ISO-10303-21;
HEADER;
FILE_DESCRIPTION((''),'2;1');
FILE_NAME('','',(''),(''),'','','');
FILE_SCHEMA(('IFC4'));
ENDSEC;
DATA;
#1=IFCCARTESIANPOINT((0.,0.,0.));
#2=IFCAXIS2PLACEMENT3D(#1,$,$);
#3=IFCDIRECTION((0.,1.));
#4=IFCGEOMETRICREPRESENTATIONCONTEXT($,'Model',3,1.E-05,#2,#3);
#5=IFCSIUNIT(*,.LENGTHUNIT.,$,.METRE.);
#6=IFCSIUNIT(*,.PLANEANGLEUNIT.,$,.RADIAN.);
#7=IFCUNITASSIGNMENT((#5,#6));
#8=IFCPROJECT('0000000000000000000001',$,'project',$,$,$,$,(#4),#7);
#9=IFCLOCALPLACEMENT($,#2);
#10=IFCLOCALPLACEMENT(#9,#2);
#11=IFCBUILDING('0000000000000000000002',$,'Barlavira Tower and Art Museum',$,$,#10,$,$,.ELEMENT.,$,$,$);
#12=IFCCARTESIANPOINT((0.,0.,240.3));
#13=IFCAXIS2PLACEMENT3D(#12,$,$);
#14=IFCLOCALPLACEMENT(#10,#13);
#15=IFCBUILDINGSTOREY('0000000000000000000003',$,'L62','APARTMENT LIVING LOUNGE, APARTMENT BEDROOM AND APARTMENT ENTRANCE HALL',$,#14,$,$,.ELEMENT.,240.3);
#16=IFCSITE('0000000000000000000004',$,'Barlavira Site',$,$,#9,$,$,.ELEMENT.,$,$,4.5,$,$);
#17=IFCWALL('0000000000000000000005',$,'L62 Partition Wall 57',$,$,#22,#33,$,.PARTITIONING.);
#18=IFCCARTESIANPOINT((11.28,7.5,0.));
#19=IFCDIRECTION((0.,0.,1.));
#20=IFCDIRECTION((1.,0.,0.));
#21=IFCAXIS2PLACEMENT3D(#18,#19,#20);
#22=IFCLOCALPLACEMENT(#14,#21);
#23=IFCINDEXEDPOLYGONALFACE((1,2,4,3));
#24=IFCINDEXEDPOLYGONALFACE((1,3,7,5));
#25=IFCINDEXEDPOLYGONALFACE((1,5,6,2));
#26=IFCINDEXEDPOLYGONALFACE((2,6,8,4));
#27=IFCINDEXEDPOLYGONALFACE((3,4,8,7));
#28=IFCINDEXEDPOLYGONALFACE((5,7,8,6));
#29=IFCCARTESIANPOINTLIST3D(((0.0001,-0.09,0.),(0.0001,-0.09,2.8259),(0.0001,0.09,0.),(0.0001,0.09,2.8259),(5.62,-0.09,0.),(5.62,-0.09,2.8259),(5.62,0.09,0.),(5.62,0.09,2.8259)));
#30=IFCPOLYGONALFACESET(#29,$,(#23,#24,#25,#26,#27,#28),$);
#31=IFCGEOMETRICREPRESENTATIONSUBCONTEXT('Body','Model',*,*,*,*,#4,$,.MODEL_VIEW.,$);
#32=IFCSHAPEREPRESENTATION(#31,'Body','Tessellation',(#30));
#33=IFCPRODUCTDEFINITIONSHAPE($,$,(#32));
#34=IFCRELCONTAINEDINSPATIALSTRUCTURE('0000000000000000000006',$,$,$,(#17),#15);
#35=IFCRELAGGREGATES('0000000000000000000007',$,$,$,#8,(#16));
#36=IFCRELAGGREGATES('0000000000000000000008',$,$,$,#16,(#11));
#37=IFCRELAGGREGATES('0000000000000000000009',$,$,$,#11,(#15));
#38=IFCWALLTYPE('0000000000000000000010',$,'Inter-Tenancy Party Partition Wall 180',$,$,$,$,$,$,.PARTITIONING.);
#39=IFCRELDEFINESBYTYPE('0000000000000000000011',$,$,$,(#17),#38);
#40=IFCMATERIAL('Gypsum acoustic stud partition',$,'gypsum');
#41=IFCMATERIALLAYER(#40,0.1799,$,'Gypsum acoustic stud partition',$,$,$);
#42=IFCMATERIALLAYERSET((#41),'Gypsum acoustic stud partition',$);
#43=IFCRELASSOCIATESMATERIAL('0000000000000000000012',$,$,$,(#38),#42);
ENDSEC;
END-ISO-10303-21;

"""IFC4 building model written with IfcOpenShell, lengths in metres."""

from ifc_helpers import new_model, si_unit, direction, frame, frame_2d, origin, place, context, subcontext, project, spatial, rectangle, extrude, material, layer, layer_set, type_object, element, save


model = new_model("IFC4")

# Units and contexts
model_context = context("Model", 3, precision=1e-05, world=origin(), true_north=direction((0.0, 1.0)))
body_context = subcontext(model_context, "Body", "Model", "MODEL_VIEW")
ifc_project = project(units=[si_unit("LENGTHUNIT", "METRE"), si_unit("PLANEANGLEUNIT", "RADIAN")], contexts=[model_context])

# Site, building, storey
site_placement = place(None, origin())
site = spatial("IfcSite", under=ifc_project, at=site_placement, Name="Barlavira Site", CompositionType="ELEMENT", RefElevation=4.5)
building_placement = place(site_placement, origin())
building = spatial("IfcBuilding", under=site, at=building_placement, Name="Barlavira Tower and Art Museum", CompositionType="ELEMENT")
storey_placement = place(building_placement, frame((0.0, 0.0, 240.3)))
storey = spatial("IfcBuildingStorey", under=building, at=storey_placement, Name="L62", Description="APARTMENT LIVING LOUNGE, APARTMENT BEDROOM AND APARTMENT ENTRANCE HALL", CompositionType="ELEMENT", Elevation=240.3)

# Shared definitions
ifc_material_1 = material(Name="Gypsum acoustic stud partition", Category="gypsum")

# Wall
ifc_layer_1 = layer(ifc_material_1, 0.1799, Name="Gypsum acoustic stud partition")
ifc_layer_set_1 = layer_set([ifc_layer_1], Name="Gypsum acoustic stud partition")
wall_type_1 = type_object("IfcWallType", Name="Inter-Tenancy Party Partition Wall 180", PredefinedType="PARTITIONING", material=ifc_layer_set_1)
wall_1_placement = place(storey_placement, frame((11.28, 7.5, 0.0), z_axis=(0.0, 0.0, 1.0), x_axis=(1.0, 0.0, 0.0)))
element("IfcWall", 1, at=wall_1_placement, inside=storey, type_object=wall_type_1, Name="L62 Partition Wall 57", PredefinedType="PARTITIONING", context=body_context, shape_type="SweptSolid", body=[
    extrude(rectangle(XDim=5.6199, YDim=0.1799, at=frame_2d((2.8101, 0.0))), origin(), (0.0, 0.0, 1.0), 2.8259),
])

save(model, "model.ifc")
